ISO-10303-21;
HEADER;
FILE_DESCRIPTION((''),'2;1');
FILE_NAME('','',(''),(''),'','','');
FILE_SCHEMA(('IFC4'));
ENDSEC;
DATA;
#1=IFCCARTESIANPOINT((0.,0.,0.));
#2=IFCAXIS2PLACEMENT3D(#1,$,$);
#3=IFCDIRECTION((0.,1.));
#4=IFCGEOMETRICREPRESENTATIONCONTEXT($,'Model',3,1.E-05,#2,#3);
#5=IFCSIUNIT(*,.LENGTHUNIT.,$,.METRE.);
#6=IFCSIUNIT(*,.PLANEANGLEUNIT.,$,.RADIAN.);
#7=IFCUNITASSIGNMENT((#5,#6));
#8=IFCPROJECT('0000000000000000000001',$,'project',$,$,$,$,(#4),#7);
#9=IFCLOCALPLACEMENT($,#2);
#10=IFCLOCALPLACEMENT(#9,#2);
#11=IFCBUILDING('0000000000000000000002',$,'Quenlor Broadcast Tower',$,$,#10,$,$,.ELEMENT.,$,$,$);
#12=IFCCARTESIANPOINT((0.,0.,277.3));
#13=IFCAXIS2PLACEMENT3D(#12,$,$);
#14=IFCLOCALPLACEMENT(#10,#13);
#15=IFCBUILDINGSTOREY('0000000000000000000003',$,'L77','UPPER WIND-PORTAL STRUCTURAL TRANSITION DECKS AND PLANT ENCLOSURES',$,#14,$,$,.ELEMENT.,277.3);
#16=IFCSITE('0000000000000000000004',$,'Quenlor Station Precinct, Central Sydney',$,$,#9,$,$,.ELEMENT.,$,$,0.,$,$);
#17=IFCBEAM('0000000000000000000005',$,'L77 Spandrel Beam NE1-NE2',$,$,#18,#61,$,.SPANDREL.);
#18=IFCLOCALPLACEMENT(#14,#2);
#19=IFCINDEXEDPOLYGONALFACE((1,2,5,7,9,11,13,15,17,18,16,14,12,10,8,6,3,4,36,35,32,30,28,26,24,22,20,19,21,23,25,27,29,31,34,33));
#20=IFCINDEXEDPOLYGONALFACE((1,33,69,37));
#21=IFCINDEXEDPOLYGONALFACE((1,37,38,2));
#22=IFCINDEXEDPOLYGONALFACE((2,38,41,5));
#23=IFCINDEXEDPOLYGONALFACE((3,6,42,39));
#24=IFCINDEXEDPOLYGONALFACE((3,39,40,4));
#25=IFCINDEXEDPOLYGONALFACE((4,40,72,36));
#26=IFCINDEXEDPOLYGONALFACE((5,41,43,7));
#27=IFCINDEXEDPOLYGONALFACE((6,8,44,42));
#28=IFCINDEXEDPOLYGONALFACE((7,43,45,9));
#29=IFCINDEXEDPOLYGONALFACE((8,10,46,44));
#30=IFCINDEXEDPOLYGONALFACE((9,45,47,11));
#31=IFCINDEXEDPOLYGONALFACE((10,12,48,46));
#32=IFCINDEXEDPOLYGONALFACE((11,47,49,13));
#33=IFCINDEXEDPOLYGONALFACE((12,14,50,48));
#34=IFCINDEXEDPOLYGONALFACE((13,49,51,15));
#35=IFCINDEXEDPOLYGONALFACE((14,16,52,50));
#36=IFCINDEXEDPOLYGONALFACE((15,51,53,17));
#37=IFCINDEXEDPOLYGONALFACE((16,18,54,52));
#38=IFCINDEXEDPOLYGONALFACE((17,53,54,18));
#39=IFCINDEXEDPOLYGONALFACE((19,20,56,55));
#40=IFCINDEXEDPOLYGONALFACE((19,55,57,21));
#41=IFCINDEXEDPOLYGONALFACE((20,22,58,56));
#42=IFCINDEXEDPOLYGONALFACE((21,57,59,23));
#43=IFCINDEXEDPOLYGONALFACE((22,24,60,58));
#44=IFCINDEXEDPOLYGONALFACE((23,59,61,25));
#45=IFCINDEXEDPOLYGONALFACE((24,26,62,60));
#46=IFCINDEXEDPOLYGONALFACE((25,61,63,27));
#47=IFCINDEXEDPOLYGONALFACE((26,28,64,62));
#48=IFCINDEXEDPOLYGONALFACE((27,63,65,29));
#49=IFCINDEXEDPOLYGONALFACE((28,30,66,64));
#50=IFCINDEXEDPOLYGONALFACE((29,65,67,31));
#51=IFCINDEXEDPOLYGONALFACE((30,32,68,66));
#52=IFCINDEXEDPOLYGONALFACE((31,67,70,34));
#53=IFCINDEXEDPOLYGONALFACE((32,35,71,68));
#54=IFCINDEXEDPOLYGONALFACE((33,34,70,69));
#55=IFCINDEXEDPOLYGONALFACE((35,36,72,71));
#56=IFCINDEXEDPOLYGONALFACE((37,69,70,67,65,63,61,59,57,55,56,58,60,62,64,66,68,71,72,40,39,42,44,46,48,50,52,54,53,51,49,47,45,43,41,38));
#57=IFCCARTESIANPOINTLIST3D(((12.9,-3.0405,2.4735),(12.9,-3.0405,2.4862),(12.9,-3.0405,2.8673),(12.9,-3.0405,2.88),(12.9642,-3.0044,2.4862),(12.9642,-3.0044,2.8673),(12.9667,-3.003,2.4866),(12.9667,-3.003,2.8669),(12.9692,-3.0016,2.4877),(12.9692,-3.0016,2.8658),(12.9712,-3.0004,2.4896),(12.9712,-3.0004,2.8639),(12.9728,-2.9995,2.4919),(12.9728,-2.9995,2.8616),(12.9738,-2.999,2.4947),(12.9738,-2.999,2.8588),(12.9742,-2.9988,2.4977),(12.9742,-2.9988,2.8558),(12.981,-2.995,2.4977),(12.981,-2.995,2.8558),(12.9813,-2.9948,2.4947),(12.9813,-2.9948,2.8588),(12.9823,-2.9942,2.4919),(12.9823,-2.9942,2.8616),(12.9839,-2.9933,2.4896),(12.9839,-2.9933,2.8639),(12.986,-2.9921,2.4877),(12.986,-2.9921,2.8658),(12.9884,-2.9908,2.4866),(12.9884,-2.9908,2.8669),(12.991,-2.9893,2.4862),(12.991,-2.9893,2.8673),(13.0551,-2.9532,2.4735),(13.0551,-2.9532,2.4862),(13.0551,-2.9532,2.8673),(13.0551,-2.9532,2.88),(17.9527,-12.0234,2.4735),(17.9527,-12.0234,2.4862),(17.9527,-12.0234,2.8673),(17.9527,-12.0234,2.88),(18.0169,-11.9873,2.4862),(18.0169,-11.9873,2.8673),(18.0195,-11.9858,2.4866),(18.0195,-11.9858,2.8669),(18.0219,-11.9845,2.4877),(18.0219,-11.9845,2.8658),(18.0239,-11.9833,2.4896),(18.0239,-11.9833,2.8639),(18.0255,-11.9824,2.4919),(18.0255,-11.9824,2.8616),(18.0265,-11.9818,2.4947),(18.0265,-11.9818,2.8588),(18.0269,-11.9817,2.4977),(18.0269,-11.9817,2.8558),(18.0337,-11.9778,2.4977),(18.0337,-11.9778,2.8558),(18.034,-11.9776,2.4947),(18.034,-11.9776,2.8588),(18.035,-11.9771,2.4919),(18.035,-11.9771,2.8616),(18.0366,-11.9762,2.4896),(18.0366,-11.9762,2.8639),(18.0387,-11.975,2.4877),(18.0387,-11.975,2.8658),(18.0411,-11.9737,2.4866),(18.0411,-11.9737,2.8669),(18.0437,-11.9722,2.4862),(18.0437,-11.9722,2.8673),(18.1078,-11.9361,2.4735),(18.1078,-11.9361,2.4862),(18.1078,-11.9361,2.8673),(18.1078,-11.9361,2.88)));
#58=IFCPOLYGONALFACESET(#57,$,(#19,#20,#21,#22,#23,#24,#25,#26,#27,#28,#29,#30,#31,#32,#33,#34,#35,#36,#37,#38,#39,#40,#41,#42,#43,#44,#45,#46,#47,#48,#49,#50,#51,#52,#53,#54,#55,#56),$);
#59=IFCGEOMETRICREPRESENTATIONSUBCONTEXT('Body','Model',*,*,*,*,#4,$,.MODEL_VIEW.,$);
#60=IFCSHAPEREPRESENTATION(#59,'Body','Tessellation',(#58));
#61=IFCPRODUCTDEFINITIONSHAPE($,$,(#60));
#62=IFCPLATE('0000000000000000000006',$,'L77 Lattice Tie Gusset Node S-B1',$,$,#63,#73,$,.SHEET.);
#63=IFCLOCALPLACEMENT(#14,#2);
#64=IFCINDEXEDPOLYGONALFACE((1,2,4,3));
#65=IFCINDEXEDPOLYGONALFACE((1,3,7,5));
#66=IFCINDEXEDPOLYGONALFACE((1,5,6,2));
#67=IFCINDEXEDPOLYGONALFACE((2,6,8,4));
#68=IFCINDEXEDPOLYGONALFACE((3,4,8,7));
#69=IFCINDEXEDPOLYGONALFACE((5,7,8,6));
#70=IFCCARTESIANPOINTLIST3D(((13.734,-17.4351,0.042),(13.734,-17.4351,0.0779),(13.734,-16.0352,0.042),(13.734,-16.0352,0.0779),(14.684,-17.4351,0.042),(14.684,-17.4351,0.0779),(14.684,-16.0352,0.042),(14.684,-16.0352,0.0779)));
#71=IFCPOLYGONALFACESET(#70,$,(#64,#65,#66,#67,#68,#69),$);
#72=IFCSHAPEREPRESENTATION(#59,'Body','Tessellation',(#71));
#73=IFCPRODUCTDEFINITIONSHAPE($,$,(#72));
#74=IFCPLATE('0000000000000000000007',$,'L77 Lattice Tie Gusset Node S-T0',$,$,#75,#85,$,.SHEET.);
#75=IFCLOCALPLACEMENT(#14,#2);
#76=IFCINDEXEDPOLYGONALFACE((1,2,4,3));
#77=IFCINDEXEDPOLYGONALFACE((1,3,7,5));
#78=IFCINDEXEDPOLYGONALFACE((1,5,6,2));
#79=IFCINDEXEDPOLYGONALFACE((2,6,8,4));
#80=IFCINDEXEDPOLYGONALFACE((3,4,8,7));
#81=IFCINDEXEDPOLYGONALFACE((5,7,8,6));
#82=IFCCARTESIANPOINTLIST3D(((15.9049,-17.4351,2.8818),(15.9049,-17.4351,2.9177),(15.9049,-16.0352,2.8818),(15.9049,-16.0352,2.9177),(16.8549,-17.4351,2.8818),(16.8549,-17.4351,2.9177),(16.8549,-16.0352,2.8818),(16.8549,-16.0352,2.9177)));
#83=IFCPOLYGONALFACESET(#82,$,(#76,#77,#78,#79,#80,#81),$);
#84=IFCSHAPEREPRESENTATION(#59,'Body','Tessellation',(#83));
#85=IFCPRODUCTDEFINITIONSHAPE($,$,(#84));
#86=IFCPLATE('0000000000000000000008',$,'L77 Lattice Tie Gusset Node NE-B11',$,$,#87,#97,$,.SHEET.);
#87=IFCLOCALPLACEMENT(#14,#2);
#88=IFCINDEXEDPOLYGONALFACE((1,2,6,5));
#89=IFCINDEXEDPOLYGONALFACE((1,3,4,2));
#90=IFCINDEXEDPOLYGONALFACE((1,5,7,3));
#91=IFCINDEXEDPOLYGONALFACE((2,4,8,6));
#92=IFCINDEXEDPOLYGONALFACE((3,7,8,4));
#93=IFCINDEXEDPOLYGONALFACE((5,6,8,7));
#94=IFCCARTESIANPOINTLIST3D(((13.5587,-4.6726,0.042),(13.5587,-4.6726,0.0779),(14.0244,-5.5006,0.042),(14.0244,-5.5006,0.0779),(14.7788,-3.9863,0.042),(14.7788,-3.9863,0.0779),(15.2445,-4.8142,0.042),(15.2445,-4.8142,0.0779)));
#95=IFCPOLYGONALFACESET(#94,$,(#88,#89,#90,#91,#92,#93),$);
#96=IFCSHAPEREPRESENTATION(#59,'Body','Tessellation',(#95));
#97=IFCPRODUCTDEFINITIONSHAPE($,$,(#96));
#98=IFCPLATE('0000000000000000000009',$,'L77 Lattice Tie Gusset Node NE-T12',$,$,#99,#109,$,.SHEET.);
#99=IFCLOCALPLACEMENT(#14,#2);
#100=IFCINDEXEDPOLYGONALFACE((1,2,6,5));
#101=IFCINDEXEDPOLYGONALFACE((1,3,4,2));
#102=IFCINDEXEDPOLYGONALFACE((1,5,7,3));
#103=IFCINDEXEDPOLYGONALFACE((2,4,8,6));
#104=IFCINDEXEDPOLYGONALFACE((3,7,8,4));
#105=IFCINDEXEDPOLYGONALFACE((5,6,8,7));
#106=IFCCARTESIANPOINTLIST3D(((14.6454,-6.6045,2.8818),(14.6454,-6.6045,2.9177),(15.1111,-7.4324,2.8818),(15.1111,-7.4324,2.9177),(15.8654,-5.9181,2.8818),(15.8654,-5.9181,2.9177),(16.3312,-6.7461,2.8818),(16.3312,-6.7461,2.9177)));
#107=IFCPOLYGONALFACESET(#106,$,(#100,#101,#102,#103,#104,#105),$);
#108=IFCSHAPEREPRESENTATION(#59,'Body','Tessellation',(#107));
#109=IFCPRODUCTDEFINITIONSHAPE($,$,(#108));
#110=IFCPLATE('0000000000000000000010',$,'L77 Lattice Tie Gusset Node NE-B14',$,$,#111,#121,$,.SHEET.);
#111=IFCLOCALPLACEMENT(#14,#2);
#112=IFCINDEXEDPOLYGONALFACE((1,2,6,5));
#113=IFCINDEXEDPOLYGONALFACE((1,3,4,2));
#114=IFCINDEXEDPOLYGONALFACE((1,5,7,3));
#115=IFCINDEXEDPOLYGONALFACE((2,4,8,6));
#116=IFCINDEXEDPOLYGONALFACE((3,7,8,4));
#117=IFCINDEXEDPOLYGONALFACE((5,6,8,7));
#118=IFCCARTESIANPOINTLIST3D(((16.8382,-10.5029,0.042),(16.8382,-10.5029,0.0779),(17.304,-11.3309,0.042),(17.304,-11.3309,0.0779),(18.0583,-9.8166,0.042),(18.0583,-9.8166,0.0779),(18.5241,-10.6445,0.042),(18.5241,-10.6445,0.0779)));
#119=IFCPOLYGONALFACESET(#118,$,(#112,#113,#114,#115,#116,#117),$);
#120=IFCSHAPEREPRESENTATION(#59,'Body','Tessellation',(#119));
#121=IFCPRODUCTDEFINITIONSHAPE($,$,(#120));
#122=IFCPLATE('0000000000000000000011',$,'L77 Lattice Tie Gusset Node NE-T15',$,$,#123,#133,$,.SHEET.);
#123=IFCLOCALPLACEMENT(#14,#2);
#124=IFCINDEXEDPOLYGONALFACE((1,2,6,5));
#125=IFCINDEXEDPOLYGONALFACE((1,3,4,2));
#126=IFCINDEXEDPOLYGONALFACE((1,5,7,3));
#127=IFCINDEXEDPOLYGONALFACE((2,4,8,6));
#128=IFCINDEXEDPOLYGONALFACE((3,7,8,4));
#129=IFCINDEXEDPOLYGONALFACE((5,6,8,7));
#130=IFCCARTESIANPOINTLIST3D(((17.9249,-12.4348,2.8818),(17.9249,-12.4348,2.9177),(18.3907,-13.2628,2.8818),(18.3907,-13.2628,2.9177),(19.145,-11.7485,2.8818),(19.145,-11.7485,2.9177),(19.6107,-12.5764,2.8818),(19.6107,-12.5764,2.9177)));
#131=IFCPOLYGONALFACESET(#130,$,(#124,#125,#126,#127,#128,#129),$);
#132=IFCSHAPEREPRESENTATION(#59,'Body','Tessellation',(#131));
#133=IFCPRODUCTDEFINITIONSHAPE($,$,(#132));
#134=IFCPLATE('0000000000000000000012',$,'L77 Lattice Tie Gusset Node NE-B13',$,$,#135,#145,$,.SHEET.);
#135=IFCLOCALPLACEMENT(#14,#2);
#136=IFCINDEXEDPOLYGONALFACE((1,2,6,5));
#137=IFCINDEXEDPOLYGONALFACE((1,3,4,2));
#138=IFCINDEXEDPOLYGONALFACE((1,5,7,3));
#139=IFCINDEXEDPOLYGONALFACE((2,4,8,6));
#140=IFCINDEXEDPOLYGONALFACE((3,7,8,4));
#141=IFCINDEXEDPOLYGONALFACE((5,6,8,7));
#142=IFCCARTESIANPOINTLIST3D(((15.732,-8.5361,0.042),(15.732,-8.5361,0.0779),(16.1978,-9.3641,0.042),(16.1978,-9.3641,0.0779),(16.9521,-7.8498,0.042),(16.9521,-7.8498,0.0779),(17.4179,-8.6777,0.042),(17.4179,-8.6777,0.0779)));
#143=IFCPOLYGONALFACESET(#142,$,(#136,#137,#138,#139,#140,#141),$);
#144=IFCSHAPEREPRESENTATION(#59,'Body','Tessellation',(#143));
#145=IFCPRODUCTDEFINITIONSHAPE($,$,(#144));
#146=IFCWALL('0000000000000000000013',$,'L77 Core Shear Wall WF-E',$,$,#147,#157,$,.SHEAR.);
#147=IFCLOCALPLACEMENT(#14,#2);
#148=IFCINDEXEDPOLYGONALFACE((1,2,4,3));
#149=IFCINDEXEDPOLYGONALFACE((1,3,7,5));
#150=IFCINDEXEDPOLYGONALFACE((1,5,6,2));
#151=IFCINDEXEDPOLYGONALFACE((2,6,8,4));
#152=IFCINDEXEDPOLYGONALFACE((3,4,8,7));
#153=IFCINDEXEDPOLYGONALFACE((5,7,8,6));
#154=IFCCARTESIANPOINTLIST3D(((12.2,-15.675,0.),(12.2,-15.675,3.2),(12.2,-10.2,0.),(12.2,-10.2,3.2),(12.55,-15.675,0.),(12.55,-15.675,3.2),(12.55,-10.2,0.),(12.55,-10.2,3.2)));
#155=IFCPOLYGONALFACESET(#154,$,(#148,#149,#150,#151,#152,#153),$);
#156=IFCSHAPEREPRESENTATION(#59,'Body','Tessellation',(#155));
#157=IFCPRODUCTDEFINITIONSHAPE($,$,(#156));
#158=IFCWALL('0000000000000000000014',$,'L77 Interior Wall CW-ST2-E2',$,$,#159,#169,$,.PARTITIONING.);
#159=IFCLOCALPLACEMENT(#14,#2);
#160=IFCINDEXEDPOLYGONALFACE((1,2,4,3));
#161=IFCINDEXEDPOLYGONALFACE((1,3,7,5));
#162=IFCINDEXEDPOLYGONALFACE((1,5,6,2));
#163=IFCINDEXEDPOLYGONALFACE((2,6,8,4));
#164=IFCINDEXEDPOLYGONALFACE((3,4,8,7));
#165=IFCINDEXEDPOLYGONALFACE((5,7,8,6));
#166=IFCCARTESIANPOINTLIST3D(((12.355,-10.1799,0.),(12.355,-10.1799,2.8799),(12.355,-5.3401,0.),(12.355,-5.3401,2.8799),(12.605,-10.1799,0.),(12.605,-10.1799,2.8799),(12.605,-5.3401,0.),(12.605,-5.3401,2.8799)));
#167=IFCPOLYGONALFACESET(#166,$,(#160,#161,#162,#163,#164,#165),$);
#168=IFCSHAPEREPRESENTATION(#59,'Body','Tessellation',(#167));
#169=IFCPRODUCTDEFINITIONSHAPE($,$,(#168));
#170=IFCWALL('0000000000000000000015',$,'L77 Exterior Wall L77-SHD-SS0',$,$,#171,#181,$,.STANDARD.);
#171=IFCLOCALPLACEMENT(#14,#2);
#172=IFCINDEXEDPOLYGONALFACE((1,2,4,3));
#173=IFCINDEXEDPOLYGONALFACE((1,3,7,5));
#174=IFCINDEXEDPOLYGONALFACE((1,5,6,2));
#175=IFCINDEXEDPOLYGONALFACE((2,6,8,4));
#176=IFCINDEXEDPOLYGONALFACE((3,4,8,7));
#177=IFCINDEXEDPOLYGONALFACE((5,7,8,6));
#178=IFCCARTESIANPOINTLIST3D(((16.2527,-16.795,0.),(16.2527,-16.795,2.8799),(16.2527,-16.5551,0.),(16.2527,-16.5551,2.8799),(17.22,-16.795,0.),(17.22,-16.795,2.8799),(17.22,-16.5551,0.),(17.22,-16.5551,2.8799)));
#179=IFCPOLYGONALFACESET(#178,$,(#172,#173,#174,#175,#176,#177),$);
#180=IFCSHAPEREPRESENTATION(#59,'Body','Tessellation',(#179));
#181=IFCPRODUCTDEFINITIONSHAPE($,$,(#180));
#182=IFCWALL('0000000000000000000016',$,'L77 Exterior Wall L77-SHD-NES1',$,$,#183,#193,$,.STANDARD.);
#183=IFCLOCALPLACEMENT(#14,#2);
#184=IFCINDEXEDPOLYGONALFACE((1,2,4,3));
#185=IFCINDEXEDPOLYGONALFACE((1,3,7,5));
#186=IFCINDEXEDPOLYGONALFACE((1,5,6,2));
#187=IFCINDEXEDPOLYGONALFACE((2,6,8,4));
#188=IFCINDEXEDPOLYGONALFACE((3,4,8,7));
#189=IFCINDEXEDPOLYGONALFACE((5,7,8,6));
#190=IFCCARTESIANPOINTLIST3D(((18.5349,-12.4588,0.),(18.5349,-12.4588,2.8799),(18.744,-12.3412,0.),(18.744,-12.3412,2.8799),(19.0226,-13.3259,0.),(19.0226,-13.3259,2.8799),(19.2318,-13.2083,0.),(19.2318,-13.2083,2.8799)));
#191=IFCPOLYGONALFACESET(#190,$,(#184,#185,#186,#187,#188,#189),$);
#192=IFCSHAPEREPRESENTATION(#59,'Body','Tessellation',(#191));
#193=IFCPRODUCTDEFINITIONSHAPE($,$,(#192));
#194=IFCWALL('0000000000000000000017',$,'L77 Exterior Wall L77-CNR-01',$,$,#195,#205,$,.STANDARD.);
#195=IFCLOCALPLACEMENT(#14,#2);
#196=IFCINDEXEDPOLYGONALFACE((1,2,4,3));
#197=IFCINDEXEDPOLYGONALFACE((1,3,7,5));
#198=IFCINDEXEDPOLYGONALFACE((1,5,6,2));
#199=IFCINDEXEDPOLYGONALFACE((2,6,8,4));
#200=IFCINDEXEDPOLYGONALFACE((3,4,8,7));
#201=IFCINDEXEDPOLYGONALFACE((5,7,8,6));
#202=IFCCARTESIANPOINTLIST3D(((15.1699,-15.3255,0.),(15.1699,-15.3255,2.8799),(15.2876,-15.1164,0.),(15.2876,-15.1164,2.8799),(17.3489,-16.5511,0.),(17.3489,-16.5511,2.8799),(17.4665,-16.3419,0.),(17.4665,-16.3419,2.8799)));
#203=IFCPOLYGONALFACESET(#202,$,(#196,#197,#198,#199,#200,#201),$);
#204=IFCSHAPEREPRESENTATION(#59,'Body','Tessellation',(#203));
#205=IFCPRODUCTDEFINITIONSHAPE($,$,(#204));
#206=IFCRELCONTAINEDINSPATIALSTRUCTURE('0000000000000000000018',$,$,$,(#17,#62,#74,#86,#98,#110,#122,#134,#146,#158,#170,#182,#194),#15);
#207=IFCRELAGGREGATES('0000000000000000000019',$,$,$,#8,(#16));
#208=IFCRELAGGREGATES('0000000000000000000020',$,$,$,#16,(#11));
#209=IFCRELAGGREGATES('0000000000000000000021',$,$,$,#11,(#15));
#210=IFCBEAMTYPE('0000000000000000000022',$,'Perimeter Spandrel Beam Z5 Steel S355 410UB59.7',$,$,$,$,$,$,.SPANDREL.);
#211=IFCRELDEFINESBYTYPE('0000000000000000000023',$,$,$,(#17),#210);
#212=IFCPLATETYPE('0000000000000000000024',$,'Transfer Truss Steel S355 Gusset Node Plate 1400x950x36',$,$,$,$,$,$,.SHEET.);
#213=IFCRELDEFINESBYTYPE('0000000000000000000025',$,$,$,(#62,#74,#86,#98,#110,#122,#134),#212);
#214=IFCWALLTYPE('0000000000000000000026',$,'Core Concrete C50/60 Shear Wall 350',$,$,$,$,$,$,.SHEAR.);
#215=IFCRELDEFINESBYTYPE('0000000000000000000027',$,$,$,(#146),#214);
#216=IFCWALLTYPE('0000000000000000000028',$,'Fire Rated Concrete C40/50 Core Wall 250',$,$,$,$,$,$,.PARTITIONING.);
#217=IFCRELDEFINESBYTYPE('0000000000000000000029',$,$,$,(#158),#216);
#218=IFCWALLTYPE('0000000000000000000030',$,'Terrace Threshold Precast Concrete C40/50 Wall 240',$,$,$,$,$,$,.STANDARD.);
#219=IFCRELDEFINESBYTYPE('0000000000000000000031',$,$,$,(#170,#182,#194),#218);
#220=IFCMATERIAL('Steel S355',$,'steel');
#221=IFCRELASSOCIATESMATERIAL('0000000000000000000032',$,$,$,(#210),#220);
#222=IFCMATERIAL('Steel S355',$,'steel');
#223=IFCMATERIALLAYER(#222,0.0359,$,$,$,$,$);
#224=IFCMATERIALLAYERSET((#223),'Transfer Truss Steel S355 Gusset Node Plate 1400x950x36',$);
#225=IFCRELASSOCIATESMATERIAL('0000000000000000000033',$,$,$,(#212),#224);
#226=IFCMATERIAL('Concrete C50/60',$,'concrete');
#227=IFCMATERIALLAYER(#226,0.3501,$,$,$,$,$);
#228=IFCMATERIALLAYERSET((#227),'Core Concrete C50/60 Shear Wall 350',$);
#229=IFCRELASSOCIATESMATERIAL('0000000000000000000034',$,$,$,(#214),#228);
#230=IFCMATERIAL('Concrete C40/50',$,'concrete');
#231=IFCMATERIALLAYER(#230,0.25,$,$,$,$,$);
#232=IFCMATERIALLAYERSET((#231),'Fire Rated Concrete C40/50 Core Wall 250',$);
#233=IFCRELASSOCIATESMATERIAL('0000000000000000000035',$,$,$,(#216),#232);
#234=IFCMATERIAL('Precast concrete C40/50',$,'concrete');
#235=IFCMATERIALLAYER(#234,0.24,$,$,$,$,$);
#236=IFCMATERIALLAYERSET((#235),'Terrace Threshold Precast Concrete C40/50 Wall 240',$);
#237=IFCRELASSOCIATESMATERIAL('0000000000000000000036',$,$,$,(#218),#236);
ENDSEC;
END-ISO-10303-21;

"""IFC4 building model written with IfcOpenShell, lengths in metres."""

from ifc_helpers import new_model, si_unit, direction, frame, frame_2d, origin, origin_2d, place, context, subcontext, project, spatial, rectangle, i_section, extrude, material, layer, layer_set, material_profile, profile_set, type_object, element, save


model = new_model("IFC4")

# Units and contexts
model_context = context("Model", 3, precision=1e-05, world=origin(), true_north=direction((0.0, 1.0)))
body_context = subcontext(model_context, "Body", "Model", "MODEL_VIEW")
ifc_project = project(units=[si_unit("LENGTHUNIT", "METRE"), si_unit("PLANEANGLEUNIT", "RADIAN")], contexts=[model_context])

# Site, building, storey
site_placement = place(None, origin())
site = spatial("IfcSite", under=ifc_project, at=site_placement, Name="Quenlor Station Precinct, Central Sydney", CompositionType="ELEMENT", RefElevation=0.0)
building_placement = place(site_placement, origin())
building = spatial("IfcBuilding", under=site, at=building_placement, Name="Quenlor Broadcast Tower", CompositionType="ELEMENT")
storey_placement = place(building_placement, frame((0.0, 0.0, 277.3)))
storey = spatial("IfcBuildingStorey", under=building, at=storey_placement, Name="L77", Description="UPPER WIND-PORTAL STRUCTURAL TRANSITION DECKS AND PLANT ENCLOSURES", CompositionType="ELEMENT", Elevation=277.3)

# Beam
ifc_material_1 = material(Name="Steel S355", Category="steel")
ifc_material_profile_1 = material_profile(ifc_material_1, i_section(OverallWidth=0.178, OverallDepth=0.4065, WebThickness=0.0078, FlangeThickness=0.0127, FilletRadius=0.0115, at=origin_2d()))
ifc_profile_set_1 = profile_set([ifc_material_profile_1], Name="Steel S355 410UB59.7")
beam_type_1 = type_object("IfcBeamType", Name="Perimeter Spandrel Beam Z5 Steel S355 410UB59.7", PredefinedType="SPANDREL", material=ifc_profile_set_1)
beam_1_placement = place(storey_placement, frame((18.0303, -11.9797, 2.6768), z_axis=(-0.49025, 0.871582, 0.0), x_axis=(-0.871582, -0.49025, 0.0)))
element("IfcBeam", 1, at=beam_1_placement, inside=storey, type_object=beam_type_1, Name="L77 Spandrel Beam NE1-NE2", PredefinedType="SPANDREL", context=body_context, shape_type="SweptSolid", body=[
    extrude(i_section(OverallWidth=0.178, OverallDepth=0.4065, WebThickness=0.0078, FlangeThickness=0.0127, FilletRadius=0.0115, at=origin_2d()), origin(), (0.0, 0.0, 1.0), 10.3064),
])

# Plates
ifc_material_2 = material(Name="Steel S355", Category="steel")
ifc_layer_1 = layer(ifc_material_2, 0.0359)
ifc_layer_set_1 = layer_set([ifc_layer_1], Name="Transfer Truss Steel S355 Gusset Node Plate 1400x950x36")
plate_type = type_object("IfcPlateType", Name="Transfer Truss Steel S355 Gusset Node Plate 1400x950x36", PredefinedType="SHEET", material=ifc_layer_set_1)
for number, where, z_axis, x_axis, name in (
    (2, (14.209, -16.7351, 0.042), (0.0, 0.0, 1.0), (0.0, -1.0, 0.0), "L77 Lattice Tie Gusset Node S-B1"),
    (3, (16.3799, -16.7351, 2.8818), (0.0, 0.0, 1.0), (0.0, -1.0, 0.0), "L77 Lattice Tie Gusset Node S-T0"),
    (4, (14.4016, -4.7434, 0.042), (0.0, 0.0, 1.0), (0.871556, 0.490295, 0.0), "L77 Lattice Tie Gusset Node NE-B11"),
    (5, (15.4883, -6.6753, 2.8818), (0.0, 0.0, 1.0), (0.871556, 0.490295, 0.0), "L77 Lattice Tie Gusset Node NE-T12"),
    (6, (17.6812, -10.5737, 0.042), (0.0, 0.0, 1.0), (0.871556, 0.490295, 0.0), "L77 Lattice Tie Gusset Node NE-B14"),
    (7, (18.7678, -12.5056, 2.8818), (0.0, 0.0, 1.0), (0.871556, 0.490295, 0.0), "L77 Lattice Tie Gusset Node NE-T15"),
    (8, (16.575, -8.6069, 0.042), (0.0, 0.0, 1.0), (0.871556, 0.490295, 0.0), "L77 Lattice Tie Gusset Node NE-B13"),
):
    element("IfcPlate", number, at=place(storey_placement, frame(where, z_axis=z_axis, x_axis=x_axis)), inside=storey, type_object=plate_type, Name=name, PredefinedType="SHEET", context=body_context, shape_type="SweptSolid", body=[
        extrude(rectangle(XDim=1.3999, YDim=0.95, at=origin_2d()), origin(), (0.0, 0.0, 1.0), 0.0359),
    ])

# Walls
ifc_material_3 = material(Name="Concrete C50/60", Category="concrete")
ifc_layer_2 = layer(ifc_material_3, 0.3501)
ifc_layer_set_2 = layer_set([ifc_layer_2], Name="Core Concrete C50/60 Shear Wall 350")
wall_type_1 = type_object("IfcWallType", Name="Core Concrete C50/60 Shear Wall 350", PredefinedType="SHEAR", material=ifc_layer_set_2)
wall_1_placement = place(storey_placement, frame((12.375, -15.675, 0.0), z_axis=(0.0, 0.0, 1.0), x_axis=(0.0, 1.0, 0.0)))
element("IfcWall", 9, at=wall_1_placement, inside=storey, type_object=wall_type_1, Name="L77 Core Shear Wall WF-E", PredefinedType="SHEAR", context=body_context, shape_type="SweptSolid", body=[
    extrude(rectangle(XDim=5.4751, YDim=0.3501, at=frame_2d((2.7375, 0.0))), origin(), (0.0, 0.0, 1.0), 3.2),
])
ifc_material_4 = material(Name="Concrete C40/50", Category="concrete")
ifc_layer_3 = layer(ifc_material_4, 0.25)
ifc_layer_set_3 = layer_set([ifc_layer_3], Name="Fire Rated Concrete C40/50 Core Wall 250")
wall_type_2 = type_object("IfcWallType", Name="Fire Rated Concrete C40/50 Core Wall 250", PredefinedType="PARTITIONING", material=ifc_layer_set_3)
wall_2_placement = place(storey_placement, frame((12.48, -10.1799, 0.0), z_axis=(0.0, 0.0, 1.0), x_axis=(0.0, 1.0, 0.0)))
element("IfcWall", 10, at=wall_2_placement, inside=storey, type_object=wall_type_2, Name="L77 Interior Wall CW-ST2-E2", PredefinedType="PARTITIONING", context=body_context, shape_type="SweptSolid", body=[
    extrude(rectangle(XDim=4.8398, YDim=0.25, at=frame_2d((2.4199, 0.0))), origin(), (0.0, 0.0, 1.0), 2.8799),
])
ifc_material_5 = material(Name="Precast concrete C40/50", Category="concrete")
ifc_layer_4 = layer(ifc_material_5, 0.24)
ifc_layer_set_4 = layer_set([ifc_layer_4], Name="Terrace Threshold Precast Concrete C40/50 Wall 240")
wall_type_3 = type_object("IfcWallType", Name="Terrace Threshold Precast Concrete C40/50 Wall 240", PredefinedType="STANDARD", material=ifc_layer_set_4)
wall_3_placement = place(storey_placement, frame((17.22, -16.675, 0.0), z_axis=(0.0, 0.0, 1.0), x_axis=(-1.0, 0.0, 0.0)))
element("IfcWall", 11, at=wall_3_placement, inside=storey, type_object=wall_type_3, Name="L77 Exterior Wall L77-SHD-SS0", PredefinedType="STANDARD", context=body_context, shape_type="SweptSolid", body=[
    extrude(rectangle(XDim=0.9673, YDim=0.24, at=frame_2d((0.4836, 0.0))), origin(), (0.0, 0.0, 1.0), 2.8799),
])
wall_4_placement = place(storey_placement, frame((18.6394, -12.3999, 0.0), z_axis=(0.0, 0.0, 1.0), x_axis=(0.490261, -0.871576, 0.0)))
element("IfcWall", 12, at=wall_4_placement, inside=storey, type_object=wall_type_3, Name="L77 Exterior Wall L77-SHD-NES1", PredefinedType="STANDARD", context=body_context, shape_type="SweptSolid", body=[
    extrude(rectangle(XDim=0.9949, YDim=0.24, at=frame_2d((0.4976, 0.0))), origin(), (0.0, 0.0, 1.0), 2.8799),
])
wall_5_placement = place(storey_placement, frame((17.4077, -16.4465, 0.0), z_axis=(0.0, 0.0, 1.0), x_axis=(-0.871589, 0.490238, 0.0)))
element("IfcWall", 13, at=wall_5_placement, inside=storey, type_object=wall_type_3, Name="L77 Exterior Wall L77-CNR-01", PredefinedType="STANDARD", context=body_context, shape_type="SweptSolid", body=[
    extrude(rectangle(XDim=2.5, YDim=0.24, at=frame_2d((1.25, 0.0))), origin(), (0.0, 0.0, 1.0), 2.8799),
])

save(model, "model.ifc")
